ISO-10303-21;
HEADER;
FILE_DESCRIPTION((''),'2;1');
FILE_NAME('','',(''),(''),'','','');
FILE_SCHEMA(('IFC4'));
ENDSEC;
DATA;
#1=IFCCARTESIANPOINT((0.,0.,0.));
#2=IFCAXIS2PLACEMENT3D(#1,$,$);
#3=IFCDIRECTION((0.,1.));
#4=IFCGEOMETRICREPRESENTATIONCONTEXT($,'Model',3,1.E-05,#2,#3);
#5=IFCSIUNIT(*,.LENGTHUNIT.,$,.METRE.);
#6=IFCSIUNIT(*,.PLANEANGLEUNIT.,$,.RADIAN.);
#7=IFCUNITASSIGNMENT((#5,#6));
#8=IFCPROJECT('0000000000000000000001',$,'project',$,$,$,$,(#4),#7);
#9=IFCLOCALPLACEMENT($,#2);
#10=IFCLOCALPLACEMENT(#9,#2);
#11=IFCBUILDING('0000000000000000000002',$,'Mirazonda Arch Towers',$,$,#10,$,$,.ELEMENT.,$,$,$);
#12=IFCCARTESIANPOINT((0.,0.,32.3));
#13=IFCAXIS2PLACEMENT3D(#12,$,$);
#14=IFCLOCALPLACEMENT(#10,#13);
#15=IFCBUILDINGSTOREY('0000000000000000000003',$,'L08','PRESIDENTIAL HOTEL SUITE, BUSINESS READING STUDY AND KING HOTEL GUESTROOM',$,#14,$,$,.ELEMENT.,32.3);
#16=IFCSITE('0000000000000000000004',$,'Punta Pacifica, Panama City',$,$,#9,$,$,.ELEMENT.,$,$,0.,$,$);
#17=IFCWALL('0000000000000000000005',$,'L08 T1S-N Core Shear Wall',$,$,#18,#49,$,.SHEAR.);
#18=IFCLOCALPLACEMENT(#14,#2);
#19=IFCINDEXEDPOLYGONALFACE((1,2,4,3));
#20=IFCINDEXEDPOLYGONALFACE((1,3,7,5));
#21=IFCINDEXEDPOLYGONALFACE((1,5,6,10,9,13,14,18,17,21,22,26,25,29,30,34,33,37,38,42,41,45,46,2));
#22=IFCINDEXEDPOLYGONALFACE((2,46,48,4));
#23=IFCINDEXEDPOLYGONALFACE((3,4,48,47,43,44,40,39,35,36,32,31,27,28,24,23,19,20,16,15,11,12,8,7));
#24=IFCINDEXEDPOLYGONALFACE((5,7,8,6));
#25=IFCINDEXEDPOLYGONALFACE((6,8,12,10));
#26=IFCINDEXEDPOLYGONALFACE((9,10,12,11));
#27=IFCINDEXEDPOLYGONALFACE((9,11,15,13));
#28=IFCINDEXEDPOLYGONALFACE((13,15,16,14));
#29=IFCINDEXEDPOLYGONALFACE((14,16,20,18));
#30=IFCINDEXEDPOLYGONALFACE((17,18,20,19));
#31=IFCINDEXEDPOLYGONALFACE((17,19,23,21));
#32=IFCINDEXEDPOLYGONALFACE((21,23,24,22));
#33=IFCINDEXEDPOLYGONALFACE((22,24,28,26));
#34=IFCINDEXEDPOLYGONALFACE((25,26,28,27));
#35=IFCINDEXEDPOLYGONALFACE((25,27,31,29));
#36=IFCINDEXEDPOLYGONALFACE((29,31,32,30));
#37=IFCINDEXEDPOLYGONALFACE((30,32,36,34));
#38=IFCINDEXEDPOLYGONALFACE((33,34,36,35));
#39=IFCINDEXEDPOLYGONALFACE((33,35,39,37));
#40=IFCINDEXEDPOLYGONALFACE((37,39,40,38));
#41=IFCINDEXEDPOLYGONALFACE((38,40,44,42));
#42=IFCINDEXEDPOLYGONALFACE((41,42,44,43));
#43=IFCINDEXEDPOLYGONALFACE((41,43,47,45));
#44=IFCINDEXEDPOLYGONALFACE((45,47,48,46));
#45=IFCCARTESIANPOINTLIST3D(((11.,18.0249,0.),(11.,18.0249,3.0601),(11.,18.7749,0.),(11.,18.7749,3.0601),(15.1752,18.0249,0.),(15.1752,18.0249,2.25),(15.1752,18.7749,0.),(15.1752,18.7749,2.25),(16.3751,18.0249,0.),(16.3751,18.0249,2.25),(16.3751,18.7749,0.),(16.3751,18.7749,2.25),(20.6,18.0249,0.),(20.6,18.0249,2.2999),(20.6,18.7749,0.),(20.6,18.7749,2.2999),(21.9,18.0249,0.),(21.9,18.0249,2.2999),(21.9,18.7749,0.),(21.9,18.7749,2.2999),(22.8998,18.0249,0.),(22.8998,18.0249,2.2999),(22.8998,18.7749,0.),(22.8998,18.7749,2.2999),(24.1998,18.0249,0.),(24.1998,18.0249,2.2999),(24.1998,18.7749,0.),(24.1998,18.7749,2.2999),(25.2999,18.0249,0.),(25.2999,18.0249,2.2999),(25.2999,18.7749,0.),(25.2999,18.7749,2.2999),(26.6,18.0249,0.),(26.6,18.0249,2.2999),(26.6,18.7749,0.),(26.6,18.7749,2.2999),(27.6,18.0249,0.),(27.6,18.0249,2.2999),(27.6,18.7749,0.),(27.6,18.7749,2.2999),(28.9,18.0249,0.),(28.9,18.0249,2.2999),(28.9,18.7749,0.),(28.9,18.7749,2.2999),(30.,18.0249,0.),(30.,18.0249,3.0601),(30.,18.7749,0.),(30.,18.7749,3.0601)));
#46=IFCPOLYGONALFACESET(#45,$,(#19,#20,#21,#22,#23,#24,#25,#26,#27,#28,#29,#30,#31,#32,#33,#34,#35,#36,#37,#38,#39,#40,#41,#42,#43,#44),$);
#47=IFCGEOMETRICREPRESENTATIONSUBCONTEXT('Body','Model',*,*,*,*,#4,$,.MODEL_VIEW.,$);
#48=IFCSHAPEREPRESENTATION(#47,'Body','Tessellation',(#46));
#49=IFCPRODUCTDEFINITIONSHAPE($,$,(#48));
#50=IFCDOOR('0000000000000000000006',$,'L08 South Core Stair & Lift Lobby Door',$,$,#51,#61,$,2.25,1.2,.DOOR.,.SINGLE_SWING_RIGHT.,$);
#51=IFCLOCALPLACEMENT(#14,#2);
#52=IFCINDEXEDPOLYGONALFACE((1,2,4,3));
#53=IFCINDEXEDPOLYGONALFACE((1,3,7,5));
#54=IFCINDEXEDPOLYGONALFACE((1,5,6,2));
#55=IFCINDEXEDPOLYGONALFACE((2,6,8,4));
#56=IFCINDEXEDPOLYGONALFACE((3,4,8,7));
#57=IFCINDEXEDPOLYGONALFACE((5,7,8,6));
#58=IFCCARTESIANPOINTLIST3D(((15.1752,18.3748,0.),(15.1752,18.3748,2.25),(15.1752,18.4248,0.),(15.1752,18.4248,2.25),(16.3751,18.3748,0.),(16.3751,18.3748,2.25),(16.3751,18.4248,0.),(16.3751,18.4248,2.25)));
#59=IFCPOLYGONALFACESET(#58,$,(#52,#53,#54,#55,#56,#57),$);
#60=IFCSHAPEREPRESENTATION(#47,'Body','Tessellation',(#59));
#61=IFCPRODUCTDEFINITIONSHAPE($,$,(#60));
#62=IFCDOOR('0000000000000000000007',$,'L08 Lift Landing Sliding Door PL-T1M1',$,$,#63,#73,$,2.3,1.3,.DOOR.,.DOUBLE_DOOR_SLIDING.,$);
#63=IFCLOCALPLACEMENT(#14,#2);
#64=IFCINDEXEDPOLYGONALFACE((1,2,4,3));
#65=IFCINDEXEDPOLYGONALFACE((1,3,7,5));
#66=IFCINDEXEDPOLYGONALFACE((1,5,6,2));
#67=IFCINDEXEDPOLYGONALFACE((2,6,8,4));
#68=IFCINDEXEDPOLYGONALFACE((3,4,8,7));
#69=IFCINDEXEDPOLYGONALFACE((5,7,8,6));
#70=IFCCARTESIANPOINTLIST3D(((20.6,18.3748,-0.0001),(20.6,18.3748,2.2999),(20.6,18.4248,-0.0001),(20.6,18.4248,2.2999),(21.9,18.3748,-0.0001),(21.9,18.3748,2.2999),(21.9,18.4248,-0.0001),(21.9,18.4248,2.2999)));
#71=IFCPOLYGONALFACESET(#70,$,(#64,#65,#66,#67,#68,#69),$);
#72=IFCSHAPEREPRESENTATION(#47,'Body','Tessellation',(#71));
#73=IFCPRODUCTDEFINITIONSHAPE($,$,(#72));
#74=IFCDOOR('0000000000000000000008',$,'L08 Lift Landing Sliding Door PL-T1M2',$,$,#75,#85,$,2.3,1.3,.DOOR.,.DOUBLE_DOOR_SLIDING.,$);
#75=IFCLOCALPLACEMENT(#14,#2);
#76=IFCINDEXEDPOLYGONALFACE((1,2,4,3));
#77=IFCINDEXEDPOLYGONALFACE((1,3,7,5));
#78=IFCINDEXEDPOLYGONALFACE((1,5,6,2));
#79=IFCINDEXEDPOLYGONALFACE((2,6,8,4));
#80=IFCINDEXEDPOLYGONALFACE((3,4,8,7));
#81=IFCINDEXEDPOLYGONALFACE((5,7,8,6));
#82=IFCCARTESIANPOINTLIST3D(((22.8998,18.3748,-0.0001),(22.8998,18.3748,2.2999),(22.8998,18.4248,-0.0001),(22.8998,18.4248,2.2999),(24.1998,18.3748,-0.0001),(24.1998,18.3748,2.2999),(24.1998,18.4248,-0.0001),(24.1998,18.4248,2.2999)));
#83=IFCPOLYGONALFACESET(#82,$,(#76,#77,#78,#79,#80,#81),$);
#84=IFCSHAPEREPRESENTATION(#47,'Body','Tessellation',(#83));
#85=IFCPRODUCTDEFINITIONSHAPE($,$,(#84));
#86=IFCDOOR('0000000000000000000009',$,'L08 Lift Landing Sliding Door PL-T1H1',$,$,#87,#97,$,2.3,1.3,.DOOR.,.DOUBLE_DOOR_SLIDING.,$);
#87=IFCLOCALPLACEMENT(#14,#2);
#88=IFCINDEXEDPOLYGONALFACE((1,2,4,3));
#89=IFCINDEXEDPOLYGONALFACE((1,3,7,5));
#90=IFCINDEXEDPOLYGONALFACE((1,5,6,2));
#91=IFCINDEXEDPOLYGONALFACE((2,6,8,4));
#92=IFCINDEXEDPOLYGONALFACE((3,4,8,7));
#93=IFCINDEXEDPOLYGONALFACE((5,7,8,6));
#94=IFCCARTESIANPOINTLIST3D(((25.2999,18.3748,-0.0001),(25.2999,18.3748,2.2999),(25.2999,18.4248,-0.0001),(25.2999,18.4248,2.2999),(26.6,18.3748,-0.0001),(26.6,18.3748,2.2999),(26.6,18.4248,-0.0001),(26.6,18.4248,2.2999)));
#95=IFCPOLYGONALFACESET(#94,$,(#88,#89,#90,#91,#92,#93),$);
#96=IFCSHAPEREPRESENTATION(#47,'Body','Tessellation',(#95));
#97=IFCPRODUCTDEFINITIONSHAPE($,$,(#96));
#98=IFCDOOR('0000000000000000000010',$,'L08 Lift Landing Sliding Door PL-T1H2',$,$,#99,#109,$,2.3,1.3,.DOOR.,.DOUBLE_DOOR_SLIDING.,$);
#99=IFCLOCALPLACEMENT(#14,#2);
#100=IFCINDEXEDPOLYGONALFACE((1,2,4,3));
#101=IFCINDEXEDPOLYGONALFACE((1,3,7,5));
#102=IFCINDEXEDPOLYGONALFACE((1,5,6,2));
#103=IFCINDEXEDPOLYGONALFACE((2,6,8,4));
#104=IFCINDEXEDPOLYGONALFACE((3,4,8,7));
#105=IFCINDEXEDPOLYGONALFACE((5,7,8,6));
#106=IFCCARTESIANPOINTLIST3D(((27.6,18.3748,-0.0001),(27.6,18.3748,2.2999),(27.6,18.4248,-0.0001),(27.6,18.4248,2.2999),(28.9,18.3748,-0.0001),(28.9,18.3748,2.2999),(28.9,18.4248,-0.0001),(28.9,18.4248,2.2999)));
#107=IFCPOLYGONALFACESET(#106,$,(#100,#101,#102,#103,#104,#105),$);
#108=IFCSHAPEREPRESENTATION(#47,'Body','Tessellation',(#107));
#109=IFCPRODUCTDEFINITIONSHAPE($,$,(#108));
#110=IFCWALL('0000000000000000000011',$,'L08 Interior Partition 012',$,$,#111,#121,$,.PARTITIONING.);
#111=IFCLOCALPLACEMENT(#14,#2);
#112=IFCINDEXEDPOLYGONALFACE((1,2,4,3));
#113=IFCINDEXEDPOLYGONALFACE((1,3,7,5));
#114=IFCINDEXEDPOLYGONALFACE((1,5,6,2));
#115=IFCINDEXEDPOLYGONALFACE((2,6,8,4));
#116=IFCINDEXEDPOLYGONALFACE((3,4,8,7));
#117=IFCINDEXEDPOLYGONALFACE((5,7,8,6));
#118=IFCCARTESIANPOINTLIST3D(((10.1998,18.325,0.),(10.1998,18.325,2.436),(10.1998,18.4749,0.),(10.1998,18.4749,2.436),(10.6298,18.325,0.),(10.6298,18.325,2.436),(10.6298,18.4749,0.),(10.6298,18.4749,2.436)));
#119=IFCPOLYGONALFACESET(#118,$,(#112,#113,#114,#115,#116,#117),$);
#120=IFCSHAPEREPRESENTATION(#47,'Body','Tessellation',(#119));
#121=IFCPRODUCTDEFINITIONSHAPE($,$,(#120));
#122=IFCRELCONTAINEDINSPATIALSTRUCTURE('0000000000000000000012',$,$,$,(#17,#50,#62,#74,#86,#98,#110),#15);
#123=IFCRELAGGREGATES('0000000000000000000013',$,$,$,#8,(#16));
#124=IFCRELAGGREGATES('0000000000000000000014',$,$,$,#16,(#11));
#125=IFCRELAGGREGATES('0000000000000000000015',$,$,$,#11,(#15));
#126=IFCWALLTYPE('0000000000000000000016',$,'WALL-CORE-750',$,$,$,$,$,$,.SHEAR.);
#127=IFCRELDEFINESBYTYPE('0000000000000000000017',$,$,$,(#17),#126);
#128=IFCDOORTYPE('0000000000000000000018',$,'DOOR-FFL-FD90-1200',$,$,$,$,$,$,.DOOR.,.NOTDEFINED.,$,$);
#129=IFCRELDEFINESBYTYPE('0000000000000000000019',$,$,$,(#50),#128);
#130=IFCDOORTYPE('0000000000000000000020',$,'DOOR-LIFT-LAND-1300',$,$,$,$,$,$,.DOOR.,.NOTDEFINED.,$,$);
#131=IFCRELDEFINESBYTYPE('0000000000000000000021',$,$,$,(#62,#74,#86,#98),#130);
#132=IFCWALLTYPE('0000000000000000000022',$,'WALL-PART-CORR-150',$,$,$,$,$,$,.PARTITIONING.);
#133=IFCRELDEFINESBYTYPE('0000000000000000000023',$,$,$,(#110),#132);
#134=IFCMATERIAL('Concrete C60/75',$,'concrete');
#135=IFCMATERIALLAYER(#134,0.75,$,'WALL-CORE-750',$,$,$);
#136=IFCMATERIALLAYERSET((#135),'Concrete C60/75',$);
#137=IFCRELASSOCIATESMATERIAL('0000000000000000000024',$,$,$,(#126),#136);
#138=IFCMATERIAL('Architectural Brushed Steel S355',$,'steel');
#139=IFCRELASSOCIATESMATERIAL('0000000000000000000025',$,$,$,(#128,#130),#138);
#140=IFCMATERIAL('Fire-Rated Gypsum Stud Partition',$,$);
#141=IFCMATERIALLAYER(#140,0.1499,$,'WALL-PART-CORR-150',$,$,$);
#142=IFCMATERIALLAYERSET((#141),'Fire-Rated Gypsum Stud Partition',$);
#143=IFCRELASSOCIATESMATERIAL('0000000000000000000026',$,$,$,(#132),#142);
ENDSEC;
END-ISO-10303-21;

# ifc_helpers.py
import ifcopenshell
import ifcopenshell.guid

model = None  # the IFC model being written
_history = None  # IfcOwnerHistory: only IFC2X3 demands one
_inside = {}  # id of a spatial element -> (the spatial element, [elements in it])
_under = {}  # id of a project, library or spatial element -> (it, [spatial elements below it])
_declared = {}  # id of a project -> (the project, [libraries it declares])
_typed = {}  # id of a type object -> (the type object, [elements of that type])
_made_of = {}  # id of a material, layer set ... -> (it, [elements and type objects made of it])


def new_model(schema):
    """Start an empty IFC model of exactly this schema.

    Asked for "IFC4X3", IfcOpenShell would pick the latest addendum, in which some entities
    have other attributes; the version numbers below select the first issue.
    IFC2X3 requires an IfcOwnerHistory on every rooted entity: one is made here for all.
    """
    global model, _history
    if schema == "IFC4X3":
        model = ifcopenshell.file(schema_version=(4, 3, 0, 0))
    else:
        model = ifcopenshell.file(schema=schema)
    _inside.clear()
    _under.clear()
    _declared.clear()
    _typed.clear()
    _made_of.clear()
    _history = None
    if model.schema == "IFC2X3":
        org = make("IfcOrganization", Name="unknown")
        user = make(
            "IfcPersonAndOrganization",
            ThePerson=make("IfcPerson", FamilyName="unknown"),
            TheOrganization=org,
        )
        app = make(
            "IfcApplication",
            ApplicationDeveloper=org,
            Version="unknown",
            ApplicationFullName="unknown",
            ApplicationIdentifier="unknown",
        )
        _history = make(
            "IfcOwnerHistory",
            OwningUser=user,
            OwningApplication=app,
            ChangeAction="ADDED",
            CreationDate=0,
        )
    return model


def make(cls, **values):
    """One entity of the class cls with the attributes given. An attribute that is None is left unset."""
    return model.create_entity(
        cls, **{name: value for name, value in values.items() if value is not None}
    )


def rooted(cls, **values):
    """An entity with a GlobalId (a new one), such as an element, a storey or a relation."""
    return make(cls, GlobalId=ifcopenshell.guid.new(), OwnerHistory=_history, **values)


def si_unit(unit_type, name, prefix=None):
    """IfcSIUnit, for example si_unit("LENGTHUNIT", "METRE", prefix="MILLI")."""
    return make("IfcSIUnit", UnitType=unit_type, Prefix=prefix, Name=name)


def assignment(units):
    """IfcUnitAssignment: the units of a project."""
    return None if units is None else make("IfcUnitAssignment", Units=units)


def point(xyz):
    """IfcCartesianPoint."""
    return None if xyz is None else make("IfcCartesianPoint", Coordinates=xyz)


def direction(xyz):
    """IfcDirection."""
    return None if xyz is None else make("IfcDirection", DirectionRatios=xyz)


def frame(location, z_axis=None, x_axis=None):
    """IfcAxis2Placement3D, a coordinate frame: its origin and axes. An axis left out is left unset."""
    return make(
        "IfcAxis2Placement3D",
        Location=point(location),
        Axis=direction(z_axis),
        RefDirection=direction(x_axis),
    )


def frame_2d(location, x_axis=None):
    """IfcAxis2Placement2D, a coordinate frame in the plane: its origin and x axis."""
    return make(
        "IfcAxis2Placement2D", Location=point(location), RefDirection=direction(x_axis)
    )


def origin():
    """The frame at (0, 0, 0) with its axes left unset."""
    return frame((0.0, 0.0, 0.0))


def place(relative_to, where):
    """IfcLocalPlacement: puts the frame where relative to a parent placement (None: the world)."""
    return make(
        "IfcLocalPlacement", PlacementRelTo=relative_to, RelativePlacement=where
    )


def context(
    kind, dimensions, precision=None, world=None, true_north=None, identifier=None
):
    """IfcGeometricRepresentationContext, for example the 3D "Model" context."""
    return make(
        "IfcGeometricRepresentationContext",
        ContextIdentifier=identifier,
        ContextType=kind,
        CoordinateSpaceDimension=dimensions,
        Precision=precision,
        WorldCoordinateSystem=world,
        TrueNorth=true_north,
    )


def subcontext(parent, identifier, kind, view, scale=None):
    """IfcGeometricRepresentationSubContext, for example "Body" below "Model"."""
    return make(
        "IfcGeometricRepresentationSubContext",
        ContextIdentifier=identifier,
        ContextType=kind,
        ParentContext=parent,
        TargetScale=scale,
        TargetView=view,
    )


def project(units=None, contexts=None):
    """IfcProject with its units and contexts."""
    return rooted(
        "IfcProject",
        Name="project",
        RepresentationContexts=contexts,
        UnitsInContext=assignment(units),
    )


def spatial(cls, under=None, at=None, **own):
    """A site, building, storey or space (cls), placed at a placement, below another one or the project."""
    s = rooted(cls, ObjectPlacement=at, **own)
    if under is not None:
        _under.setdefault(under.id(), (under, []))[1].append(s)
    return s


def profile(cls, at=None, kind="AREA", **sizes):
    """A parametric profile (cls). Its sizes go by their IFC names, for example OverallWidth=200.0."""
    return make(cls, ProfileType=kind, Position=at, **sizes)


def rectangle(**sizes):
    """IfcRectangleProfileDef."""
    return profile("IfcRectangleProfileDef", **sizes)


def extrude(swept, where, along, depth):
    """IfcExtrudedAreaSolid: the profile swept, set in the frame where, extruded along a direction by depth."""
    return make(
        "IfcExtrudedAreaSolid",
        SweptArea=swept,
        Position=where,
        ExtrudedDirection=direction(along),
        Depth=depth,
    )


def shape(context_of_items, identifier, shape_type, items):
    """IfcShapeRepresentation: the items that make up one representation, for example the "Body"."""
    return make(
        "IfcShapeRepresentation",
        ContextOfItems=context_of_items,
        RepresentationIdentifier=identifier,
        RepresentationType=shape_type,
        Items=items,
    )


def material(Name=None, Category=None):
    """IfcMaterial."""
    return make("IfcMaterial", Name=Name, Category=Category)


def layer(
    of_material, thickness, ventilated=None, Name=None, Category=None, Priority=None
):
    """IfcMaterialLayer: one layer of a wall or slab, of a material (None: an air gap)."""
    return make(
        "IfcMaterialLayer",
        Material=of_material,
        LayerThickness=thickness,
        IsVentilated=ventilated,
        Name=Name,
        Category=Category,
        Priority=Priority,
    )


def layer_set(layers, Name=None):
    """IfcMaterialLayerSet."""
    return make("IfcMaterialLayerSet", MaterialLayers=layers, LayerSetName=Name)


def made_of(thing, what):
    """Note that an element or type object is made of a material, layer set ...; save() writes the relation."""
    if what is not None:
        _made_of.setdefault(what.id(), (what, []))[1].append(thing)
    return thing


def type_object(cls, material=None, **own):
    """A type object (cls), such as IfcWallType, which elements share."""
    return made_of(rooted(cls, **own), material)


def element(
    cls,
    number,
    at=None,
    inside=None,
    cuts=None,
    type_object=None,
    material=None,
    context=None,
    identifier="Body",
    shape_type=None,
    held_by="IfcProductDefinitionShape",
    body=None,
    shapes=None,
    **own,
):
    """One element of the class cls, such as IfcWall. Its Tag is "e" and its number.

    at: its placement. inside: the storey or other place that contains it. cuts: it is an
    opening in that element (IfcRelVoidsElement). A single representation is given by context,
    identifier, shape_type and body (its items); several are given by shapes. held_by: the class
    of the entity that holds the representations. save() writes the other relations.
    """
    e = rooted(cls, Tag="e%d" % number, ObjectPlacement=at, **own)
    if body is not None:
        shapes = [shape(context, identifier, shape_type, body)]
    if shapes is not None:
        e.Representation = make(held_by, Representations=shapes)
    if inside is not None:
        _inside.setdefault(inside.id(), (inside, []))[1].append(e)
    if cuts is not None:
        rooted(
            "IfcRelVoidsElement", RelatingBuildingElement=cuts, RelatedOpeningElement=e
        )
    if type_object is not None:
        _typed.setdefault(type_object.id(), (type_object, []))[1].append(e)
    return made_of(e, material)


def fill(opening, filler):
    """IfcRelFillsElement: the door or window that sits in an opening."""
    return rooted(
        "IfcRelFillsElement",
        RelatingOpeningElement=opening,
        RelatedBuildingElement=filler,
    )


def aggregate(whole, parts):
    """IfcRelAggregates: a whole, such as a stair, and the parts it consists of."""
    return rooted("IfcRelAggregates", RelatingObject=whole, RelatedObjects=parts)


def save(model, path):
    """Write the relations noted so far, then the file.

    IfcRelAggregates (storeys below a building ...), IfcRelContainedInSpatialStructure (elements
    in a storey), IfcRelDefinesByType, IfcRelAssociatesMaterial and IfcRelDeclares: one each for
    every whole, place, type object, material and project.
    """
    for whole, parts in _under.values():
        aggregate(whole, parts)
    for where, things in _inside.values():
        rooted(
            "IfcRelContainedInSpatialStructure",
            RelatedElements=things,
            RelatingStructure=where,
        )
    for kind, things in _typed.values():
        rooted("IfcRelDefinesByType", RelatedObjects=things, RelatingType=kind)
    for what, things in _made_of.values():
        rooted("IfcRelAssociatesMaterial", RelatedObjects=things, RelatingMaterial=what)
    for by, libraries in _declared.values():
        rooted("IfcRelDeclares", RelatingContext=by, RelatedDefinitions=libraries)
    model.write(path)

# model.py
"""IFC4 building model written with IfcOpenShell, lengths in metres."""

from ifc_helpers import new_model, si_unit, direction, frame, frame_2d, origin, place, context, subcontext, project, spatial, rectangle, extrude, material, layer, layer_set, type_object, element, fill, save


model = new_model("IFC4")

# Units and contexts
model_context = context("Model", 3, precision=1e-05, world=origin(), true_north=direction((0.0, 1.0)))
body_context = subcontext(model_context, "Body", "Model", "MODEL_VIEW")
ifc_project = project(units=[si_unit("LENGTHUNIT", "METRE"), si_unit("PLANEANGLEUNIT", "RADIAN")], contexts=[model_context])

# Site, building, storey
site_placement = place(None, origin())
site = spatial("IfcSite", under=ifc_project, at=site_placement, Name="Punta Pacifica, Panama City", CompositionType="ELEMENT", RefElevation=0.0)
building_placement = place(site_placement, origin())
building = spatial("IfcBuilding", under=site, at=building_placement, Name="Mirazonda Arch Towers", CompositionType="ELEMENT")
storey_placement = place(building_placement, frame((0.0, 0.0, 32.3)))
storey = spatial("IfcBuildingStorey", under=building, at=storey_placement, Name="L08", Description="PRESIDENTIAL HOTEL SUITE, BUSINESS READING STUDY AND KING HOTEL GUESTROOM", CompositionType="ELEMENT", Elevation=32.3)

# Shared definitions
ifc_material_1 = material(Name="Concrete C60/75", Category="concrete")

# Shared definitions
ifc_material_2 = material(Name="Architectural Brushed Steel S355", Category="steel")

# Wall, openings, doors
ifc_layer_1 = layer(ifc_material_1, 0.75, Name="WALL-CORE-750")
ifc_layer_set_1 = layer_set([ifc_layer_1], Name="Concrete C60/75")
wall_type_1 = type_object("IfcWallType", Name="WALL-CORE-750", PredefinedType="SHEAR", material=ifc_layer_set_1)
wall_1_placement = place(storey_placement, frame((11.0, 18.3999, 0.0), z_axis=(0.0, 0.0, 1.0), x_axis=(1.0, 0.0, 0.0)))
wall_1 = element("IfcWall", 1, at=wall_1_placement, inside=storey, type_object=wall_type_1, Name="L08 T1S-N Core Shear Wall", PredefinedType="SHEAR", context=body_context, shape_type="SweptSolid", body=[
    extrude(rectangle(XDim=19.0, YDim=0.75, at=frame_2d((9.5, 0.0))), origin(), (0.0, 0.0, 1.0), 3.0601),
])
opening_1_placement = place(wall_1_placement, frame((4.175, 0.0, 0.0)))
opening_1 = element("IfcOpeningElement", 2, at=opening_1_placement, cuts=wall_1, PredefinedType="OPENING", context=body_context, shape_type="SweptSolid", body=[
    extrude(rectangle(XDim=1.2, YDim=2.25, at=frame_2d((0.6001, 1.125))), frame((0.0, 0.385, 0.0), z_axis=(0.0, -1.0, 0.0), x_axis=(1.0, 0.0, 0.0)), (0.0, 0.0, 1.0), 0.77),
])
opening_2_placement = place(wall_1_placement, frame((9.6001, 0.0, 0.0)))
opening_2 = element("IfcOpeningElement", 3, at=opening_2_placement, cuts=wall_1, PredefinedType="OPENING", context=body_context, shape_type="SweptSolid", body=[
    extrude(rectangle(XDim=1.3, YDim=2.3, at=frame_2d((0.6499, 1.1499))), frame((0.0, 0.385, 0.0), z_axis=(0.0, -1.0, 0.0), x_axis=(1.0, 0.0, 0.0)), (0.0, 0.0, 1.0), 0.77),
])
opening_3_placement = place(wall_1_placement, frame((11.8999, 0.0, 0.0)))
opening_3 = element("IfcOpeningElement", 4, at=opening_3_placement, cuts=wall_1, PredefinedType="OPENING", context=body_context, shape_type="SweptSolid", body=[
    extrude(rectangle(XDim=1.3, YDim=2.3, at=frame_2d((0.6499, 1.1499))), frame((0.0, 0.385, 0.0), z_axis=(0.0, -1.0, 0.0), x_axis=(1.0, 0.0, 0.0)), (0.0, 0.0, 1.0), 0.77),
])
opening_4_placement = place(wall_1_placement, frame((14.3, 0.0, 0.0)))
opening_4 = element("IfcOpeningElement", 5, at=opening_4_placement, cuts=wall_1, PredefinedType="OPENING", context=body_context, shape_type="SweptSolid", body=[
    extrude(rectangle(XDim=1.3, YDim=2.3, at=frame_2d((0.6499, 1.1499))), frame((0.0, 0.385, 0.0), z_axis=(0.0, -1.0, 0.0), x_axis=(1.0, 0.0, 0.0)), (0.0, 0.0, 1.0), 0.77),
])
opening_5_placement = place(wall_1_placement, frame((16.6001, 0.0, 0.0)))
opening_5 = element("IfcOpeningElement", 6, at=opening_5_placement, cuts=wall_1, PredefinedType="OPENING", context=body_context, shape_type="SweptSolid", body=[
    extrude(rectangle(XDim=1.3, YDim=2.3, at=frame_2d((0.6499, 1.1499))), frame((0.0, 0.385, 0.0), z_axis=(0.0, -1.0, 0.0), x_axis=(1.0, 0.0, 0.0)), (0.0, 0.0, 1.0), 0.77),
])
door_type_1 = type_object("IfcDoorType", Name="DOOR-FFL-FD90-1200", OperationType="NOTDEFINED", PredefinedType="DOOR", material=ifc_material_2)
door_1_placement = place(opening_1_placement, origin())
door_1 = element("IfcDoor", 7, at=door_1_placement, inside=storey, type_object=door_type_1, Name="L08 South Core Stair & Lift Lobby Door", OperationType="SINGLE_SWING_RIGHT", OverallHeight=2.25, OverallWidth=1.2, PredefinedType="DOOR", context=body_context, shape_type="SweptSolid", body=[
    extrude(rectangle(XDim=1.2, YDim=2.25, at=frame_2d((0.6001, 1.125))), frame((0.0, 0.0249, 0.0), z_axis=(0.0, -1.0, 0.0), x_axis=(1.0, 0.0, 0.0)), (0.0, 0.0, 1.0), 0.05),
])
fill(opening_1, door_1)
door_type_2 = type_object("IfcDoorType", Name="DOOR-LIFT-LAND-1300", OperationType="NOTDEFINED", PredefinedType="DOOR", material=ifc_material_2)
door_2_placement = place(opening_2_placement, origin())
door_2 = element("IfcDoor", 8, at=door_2_placement, inside=storey, type_object=door_type_2, Name="L08 Lift Landing Sliding Door PL-T1M1", OperationType="DOUBLE_DOOR_SLIDING", OverallHeight=2.3, OverallWidth=1.3, PredefinedType="DOOR", context=body_context, shape_type="SweptSolid", body=[
    extrude(rectangle(XDim=1.3, YDim=2.3, at=frame_2d((0.6499, 1.1499))), frame((0.0, 0.0249, 0.0), z_axis=(0.0, -1.0, 0.0), x_axis=(1.0, 0.0, 0.0)), (0.0, 0.0, 1.0), 0.05),
])
fill(opening_2, door_2)
door_3_placement = place(opening_3_placement, origin())
door_3 = element("IfcDoor", 9, at=door_3_placement, inside=storey, type_object=door_type_2, Name="L08 Lift Landing Sliding Door PL-T1M2", OperationType="DOUBLE_DOOR_SLIDING", OverallHeight=2.3, OverallWidth=1.3, PredefinedType="DOOR", context=body_context, shape_type="SweptSolid", body=[
    extrude(rectangle(XDim=1.3, YDim=2.3, at=frame_2d((0.6499, 1.1499))), frame((0.0, 0.0249, 0.0), z_axis=(0.0, -1.0, 0.0), x_axis=(1.0, 0.0, 0.0)), (0.0, 0.0, 1.0), 0.05),
])
fill(opening_3, door_3)
door_4_placement = place(opening_4_placement, origin())
door_4 = element("IfcDoor", 10, at=door_4_placement, inside=storey, type_object=door_type_2, Name="L08 Lift Landing Sliding Door PL-T1H1", OperationType="DOUBLE_DOOR_SLIDING", OverallHeight=2.3, OverallWidth=1.3, PredefinedType="DOOR", context=body_context, shape_type="SweptSolid", body=[
    extrude(rectangle(XDim=1.3, YDim=2.3, at=frame_2d((0.6499, 1.1499))), frame((0.0, 0.0249, 0.0), z_axis=(0.0, -1.0, 0.0), x_axis=(1.0, 0.0, 0.0)), (0.0, 0.0, 1.0), 0.05),
])
fill(opening_4, door_4)
door_5_placement = place(opening_5_placement, origin())
door_5 = element("IfcDoor", 11, at=door_5_placement, inside=storey, type_object=door_type_2, Name="L08 Lift Landing Sliding Door PL-T1H2", OperationType="DOUBLE_DOOR_SLIDING", OverallHeight=2.3, OverallWidth=1.3, PredefinedType="DOOR", context=body_context, shape_type="SweptSolid", body=[
    extrude(rectangle(XDim=1.3, YDim=2.3, at=frame_2d((0.6499, 1.1499))), frame((0.0, 0.0249, 0.0), z_axis=(0.0, -1.0, 0.0), x_axis=(1.0, 0.0, 0.0)), (0.0, 0.0, 1.0), 0.05),
])
fill(opening_5, door_5)

# Wall
ifc_material_3 = material(Name="Fire-Rated Gypsum Stud Partition")
ifc_layer_2 = layer(ifc_material_3, 0.1499, Name="WALL-PART-CORR-150")
ifc_layer_set_2 = layer_set([ifc_layer_2], Name="Fire-Rated Gypsum Stud Partition")
wall_type_2 = type_object("IfcWallType", Name="WALL-PART-CORR-150", PredefinedType="PARTITIONING", material=ifc_layer_set_2)
wall_2_placement = place(storey_placement, frame((10.2, 18.3999, 0.0), z_axis=(0.0, 0.0, 1.0), x_axis=(1.0, 0.0, 0.0)))
element("IfcWall", 12, at=wall_2_placement, inside=storey, type_object=wall_type_2, Name="L08 Interior Partition 012", PredefinedType="PARTITIONING", context=body_context, shape_type="SweptSolid", body=[
    extrude(rectangle(XDim=0.4299, YDim=0.1499, at=frame_2d((0.2148, 0.0))), origin(), (0.0, 0.0, 1.0), 2.436),
])

save(model, "model.ifc")
